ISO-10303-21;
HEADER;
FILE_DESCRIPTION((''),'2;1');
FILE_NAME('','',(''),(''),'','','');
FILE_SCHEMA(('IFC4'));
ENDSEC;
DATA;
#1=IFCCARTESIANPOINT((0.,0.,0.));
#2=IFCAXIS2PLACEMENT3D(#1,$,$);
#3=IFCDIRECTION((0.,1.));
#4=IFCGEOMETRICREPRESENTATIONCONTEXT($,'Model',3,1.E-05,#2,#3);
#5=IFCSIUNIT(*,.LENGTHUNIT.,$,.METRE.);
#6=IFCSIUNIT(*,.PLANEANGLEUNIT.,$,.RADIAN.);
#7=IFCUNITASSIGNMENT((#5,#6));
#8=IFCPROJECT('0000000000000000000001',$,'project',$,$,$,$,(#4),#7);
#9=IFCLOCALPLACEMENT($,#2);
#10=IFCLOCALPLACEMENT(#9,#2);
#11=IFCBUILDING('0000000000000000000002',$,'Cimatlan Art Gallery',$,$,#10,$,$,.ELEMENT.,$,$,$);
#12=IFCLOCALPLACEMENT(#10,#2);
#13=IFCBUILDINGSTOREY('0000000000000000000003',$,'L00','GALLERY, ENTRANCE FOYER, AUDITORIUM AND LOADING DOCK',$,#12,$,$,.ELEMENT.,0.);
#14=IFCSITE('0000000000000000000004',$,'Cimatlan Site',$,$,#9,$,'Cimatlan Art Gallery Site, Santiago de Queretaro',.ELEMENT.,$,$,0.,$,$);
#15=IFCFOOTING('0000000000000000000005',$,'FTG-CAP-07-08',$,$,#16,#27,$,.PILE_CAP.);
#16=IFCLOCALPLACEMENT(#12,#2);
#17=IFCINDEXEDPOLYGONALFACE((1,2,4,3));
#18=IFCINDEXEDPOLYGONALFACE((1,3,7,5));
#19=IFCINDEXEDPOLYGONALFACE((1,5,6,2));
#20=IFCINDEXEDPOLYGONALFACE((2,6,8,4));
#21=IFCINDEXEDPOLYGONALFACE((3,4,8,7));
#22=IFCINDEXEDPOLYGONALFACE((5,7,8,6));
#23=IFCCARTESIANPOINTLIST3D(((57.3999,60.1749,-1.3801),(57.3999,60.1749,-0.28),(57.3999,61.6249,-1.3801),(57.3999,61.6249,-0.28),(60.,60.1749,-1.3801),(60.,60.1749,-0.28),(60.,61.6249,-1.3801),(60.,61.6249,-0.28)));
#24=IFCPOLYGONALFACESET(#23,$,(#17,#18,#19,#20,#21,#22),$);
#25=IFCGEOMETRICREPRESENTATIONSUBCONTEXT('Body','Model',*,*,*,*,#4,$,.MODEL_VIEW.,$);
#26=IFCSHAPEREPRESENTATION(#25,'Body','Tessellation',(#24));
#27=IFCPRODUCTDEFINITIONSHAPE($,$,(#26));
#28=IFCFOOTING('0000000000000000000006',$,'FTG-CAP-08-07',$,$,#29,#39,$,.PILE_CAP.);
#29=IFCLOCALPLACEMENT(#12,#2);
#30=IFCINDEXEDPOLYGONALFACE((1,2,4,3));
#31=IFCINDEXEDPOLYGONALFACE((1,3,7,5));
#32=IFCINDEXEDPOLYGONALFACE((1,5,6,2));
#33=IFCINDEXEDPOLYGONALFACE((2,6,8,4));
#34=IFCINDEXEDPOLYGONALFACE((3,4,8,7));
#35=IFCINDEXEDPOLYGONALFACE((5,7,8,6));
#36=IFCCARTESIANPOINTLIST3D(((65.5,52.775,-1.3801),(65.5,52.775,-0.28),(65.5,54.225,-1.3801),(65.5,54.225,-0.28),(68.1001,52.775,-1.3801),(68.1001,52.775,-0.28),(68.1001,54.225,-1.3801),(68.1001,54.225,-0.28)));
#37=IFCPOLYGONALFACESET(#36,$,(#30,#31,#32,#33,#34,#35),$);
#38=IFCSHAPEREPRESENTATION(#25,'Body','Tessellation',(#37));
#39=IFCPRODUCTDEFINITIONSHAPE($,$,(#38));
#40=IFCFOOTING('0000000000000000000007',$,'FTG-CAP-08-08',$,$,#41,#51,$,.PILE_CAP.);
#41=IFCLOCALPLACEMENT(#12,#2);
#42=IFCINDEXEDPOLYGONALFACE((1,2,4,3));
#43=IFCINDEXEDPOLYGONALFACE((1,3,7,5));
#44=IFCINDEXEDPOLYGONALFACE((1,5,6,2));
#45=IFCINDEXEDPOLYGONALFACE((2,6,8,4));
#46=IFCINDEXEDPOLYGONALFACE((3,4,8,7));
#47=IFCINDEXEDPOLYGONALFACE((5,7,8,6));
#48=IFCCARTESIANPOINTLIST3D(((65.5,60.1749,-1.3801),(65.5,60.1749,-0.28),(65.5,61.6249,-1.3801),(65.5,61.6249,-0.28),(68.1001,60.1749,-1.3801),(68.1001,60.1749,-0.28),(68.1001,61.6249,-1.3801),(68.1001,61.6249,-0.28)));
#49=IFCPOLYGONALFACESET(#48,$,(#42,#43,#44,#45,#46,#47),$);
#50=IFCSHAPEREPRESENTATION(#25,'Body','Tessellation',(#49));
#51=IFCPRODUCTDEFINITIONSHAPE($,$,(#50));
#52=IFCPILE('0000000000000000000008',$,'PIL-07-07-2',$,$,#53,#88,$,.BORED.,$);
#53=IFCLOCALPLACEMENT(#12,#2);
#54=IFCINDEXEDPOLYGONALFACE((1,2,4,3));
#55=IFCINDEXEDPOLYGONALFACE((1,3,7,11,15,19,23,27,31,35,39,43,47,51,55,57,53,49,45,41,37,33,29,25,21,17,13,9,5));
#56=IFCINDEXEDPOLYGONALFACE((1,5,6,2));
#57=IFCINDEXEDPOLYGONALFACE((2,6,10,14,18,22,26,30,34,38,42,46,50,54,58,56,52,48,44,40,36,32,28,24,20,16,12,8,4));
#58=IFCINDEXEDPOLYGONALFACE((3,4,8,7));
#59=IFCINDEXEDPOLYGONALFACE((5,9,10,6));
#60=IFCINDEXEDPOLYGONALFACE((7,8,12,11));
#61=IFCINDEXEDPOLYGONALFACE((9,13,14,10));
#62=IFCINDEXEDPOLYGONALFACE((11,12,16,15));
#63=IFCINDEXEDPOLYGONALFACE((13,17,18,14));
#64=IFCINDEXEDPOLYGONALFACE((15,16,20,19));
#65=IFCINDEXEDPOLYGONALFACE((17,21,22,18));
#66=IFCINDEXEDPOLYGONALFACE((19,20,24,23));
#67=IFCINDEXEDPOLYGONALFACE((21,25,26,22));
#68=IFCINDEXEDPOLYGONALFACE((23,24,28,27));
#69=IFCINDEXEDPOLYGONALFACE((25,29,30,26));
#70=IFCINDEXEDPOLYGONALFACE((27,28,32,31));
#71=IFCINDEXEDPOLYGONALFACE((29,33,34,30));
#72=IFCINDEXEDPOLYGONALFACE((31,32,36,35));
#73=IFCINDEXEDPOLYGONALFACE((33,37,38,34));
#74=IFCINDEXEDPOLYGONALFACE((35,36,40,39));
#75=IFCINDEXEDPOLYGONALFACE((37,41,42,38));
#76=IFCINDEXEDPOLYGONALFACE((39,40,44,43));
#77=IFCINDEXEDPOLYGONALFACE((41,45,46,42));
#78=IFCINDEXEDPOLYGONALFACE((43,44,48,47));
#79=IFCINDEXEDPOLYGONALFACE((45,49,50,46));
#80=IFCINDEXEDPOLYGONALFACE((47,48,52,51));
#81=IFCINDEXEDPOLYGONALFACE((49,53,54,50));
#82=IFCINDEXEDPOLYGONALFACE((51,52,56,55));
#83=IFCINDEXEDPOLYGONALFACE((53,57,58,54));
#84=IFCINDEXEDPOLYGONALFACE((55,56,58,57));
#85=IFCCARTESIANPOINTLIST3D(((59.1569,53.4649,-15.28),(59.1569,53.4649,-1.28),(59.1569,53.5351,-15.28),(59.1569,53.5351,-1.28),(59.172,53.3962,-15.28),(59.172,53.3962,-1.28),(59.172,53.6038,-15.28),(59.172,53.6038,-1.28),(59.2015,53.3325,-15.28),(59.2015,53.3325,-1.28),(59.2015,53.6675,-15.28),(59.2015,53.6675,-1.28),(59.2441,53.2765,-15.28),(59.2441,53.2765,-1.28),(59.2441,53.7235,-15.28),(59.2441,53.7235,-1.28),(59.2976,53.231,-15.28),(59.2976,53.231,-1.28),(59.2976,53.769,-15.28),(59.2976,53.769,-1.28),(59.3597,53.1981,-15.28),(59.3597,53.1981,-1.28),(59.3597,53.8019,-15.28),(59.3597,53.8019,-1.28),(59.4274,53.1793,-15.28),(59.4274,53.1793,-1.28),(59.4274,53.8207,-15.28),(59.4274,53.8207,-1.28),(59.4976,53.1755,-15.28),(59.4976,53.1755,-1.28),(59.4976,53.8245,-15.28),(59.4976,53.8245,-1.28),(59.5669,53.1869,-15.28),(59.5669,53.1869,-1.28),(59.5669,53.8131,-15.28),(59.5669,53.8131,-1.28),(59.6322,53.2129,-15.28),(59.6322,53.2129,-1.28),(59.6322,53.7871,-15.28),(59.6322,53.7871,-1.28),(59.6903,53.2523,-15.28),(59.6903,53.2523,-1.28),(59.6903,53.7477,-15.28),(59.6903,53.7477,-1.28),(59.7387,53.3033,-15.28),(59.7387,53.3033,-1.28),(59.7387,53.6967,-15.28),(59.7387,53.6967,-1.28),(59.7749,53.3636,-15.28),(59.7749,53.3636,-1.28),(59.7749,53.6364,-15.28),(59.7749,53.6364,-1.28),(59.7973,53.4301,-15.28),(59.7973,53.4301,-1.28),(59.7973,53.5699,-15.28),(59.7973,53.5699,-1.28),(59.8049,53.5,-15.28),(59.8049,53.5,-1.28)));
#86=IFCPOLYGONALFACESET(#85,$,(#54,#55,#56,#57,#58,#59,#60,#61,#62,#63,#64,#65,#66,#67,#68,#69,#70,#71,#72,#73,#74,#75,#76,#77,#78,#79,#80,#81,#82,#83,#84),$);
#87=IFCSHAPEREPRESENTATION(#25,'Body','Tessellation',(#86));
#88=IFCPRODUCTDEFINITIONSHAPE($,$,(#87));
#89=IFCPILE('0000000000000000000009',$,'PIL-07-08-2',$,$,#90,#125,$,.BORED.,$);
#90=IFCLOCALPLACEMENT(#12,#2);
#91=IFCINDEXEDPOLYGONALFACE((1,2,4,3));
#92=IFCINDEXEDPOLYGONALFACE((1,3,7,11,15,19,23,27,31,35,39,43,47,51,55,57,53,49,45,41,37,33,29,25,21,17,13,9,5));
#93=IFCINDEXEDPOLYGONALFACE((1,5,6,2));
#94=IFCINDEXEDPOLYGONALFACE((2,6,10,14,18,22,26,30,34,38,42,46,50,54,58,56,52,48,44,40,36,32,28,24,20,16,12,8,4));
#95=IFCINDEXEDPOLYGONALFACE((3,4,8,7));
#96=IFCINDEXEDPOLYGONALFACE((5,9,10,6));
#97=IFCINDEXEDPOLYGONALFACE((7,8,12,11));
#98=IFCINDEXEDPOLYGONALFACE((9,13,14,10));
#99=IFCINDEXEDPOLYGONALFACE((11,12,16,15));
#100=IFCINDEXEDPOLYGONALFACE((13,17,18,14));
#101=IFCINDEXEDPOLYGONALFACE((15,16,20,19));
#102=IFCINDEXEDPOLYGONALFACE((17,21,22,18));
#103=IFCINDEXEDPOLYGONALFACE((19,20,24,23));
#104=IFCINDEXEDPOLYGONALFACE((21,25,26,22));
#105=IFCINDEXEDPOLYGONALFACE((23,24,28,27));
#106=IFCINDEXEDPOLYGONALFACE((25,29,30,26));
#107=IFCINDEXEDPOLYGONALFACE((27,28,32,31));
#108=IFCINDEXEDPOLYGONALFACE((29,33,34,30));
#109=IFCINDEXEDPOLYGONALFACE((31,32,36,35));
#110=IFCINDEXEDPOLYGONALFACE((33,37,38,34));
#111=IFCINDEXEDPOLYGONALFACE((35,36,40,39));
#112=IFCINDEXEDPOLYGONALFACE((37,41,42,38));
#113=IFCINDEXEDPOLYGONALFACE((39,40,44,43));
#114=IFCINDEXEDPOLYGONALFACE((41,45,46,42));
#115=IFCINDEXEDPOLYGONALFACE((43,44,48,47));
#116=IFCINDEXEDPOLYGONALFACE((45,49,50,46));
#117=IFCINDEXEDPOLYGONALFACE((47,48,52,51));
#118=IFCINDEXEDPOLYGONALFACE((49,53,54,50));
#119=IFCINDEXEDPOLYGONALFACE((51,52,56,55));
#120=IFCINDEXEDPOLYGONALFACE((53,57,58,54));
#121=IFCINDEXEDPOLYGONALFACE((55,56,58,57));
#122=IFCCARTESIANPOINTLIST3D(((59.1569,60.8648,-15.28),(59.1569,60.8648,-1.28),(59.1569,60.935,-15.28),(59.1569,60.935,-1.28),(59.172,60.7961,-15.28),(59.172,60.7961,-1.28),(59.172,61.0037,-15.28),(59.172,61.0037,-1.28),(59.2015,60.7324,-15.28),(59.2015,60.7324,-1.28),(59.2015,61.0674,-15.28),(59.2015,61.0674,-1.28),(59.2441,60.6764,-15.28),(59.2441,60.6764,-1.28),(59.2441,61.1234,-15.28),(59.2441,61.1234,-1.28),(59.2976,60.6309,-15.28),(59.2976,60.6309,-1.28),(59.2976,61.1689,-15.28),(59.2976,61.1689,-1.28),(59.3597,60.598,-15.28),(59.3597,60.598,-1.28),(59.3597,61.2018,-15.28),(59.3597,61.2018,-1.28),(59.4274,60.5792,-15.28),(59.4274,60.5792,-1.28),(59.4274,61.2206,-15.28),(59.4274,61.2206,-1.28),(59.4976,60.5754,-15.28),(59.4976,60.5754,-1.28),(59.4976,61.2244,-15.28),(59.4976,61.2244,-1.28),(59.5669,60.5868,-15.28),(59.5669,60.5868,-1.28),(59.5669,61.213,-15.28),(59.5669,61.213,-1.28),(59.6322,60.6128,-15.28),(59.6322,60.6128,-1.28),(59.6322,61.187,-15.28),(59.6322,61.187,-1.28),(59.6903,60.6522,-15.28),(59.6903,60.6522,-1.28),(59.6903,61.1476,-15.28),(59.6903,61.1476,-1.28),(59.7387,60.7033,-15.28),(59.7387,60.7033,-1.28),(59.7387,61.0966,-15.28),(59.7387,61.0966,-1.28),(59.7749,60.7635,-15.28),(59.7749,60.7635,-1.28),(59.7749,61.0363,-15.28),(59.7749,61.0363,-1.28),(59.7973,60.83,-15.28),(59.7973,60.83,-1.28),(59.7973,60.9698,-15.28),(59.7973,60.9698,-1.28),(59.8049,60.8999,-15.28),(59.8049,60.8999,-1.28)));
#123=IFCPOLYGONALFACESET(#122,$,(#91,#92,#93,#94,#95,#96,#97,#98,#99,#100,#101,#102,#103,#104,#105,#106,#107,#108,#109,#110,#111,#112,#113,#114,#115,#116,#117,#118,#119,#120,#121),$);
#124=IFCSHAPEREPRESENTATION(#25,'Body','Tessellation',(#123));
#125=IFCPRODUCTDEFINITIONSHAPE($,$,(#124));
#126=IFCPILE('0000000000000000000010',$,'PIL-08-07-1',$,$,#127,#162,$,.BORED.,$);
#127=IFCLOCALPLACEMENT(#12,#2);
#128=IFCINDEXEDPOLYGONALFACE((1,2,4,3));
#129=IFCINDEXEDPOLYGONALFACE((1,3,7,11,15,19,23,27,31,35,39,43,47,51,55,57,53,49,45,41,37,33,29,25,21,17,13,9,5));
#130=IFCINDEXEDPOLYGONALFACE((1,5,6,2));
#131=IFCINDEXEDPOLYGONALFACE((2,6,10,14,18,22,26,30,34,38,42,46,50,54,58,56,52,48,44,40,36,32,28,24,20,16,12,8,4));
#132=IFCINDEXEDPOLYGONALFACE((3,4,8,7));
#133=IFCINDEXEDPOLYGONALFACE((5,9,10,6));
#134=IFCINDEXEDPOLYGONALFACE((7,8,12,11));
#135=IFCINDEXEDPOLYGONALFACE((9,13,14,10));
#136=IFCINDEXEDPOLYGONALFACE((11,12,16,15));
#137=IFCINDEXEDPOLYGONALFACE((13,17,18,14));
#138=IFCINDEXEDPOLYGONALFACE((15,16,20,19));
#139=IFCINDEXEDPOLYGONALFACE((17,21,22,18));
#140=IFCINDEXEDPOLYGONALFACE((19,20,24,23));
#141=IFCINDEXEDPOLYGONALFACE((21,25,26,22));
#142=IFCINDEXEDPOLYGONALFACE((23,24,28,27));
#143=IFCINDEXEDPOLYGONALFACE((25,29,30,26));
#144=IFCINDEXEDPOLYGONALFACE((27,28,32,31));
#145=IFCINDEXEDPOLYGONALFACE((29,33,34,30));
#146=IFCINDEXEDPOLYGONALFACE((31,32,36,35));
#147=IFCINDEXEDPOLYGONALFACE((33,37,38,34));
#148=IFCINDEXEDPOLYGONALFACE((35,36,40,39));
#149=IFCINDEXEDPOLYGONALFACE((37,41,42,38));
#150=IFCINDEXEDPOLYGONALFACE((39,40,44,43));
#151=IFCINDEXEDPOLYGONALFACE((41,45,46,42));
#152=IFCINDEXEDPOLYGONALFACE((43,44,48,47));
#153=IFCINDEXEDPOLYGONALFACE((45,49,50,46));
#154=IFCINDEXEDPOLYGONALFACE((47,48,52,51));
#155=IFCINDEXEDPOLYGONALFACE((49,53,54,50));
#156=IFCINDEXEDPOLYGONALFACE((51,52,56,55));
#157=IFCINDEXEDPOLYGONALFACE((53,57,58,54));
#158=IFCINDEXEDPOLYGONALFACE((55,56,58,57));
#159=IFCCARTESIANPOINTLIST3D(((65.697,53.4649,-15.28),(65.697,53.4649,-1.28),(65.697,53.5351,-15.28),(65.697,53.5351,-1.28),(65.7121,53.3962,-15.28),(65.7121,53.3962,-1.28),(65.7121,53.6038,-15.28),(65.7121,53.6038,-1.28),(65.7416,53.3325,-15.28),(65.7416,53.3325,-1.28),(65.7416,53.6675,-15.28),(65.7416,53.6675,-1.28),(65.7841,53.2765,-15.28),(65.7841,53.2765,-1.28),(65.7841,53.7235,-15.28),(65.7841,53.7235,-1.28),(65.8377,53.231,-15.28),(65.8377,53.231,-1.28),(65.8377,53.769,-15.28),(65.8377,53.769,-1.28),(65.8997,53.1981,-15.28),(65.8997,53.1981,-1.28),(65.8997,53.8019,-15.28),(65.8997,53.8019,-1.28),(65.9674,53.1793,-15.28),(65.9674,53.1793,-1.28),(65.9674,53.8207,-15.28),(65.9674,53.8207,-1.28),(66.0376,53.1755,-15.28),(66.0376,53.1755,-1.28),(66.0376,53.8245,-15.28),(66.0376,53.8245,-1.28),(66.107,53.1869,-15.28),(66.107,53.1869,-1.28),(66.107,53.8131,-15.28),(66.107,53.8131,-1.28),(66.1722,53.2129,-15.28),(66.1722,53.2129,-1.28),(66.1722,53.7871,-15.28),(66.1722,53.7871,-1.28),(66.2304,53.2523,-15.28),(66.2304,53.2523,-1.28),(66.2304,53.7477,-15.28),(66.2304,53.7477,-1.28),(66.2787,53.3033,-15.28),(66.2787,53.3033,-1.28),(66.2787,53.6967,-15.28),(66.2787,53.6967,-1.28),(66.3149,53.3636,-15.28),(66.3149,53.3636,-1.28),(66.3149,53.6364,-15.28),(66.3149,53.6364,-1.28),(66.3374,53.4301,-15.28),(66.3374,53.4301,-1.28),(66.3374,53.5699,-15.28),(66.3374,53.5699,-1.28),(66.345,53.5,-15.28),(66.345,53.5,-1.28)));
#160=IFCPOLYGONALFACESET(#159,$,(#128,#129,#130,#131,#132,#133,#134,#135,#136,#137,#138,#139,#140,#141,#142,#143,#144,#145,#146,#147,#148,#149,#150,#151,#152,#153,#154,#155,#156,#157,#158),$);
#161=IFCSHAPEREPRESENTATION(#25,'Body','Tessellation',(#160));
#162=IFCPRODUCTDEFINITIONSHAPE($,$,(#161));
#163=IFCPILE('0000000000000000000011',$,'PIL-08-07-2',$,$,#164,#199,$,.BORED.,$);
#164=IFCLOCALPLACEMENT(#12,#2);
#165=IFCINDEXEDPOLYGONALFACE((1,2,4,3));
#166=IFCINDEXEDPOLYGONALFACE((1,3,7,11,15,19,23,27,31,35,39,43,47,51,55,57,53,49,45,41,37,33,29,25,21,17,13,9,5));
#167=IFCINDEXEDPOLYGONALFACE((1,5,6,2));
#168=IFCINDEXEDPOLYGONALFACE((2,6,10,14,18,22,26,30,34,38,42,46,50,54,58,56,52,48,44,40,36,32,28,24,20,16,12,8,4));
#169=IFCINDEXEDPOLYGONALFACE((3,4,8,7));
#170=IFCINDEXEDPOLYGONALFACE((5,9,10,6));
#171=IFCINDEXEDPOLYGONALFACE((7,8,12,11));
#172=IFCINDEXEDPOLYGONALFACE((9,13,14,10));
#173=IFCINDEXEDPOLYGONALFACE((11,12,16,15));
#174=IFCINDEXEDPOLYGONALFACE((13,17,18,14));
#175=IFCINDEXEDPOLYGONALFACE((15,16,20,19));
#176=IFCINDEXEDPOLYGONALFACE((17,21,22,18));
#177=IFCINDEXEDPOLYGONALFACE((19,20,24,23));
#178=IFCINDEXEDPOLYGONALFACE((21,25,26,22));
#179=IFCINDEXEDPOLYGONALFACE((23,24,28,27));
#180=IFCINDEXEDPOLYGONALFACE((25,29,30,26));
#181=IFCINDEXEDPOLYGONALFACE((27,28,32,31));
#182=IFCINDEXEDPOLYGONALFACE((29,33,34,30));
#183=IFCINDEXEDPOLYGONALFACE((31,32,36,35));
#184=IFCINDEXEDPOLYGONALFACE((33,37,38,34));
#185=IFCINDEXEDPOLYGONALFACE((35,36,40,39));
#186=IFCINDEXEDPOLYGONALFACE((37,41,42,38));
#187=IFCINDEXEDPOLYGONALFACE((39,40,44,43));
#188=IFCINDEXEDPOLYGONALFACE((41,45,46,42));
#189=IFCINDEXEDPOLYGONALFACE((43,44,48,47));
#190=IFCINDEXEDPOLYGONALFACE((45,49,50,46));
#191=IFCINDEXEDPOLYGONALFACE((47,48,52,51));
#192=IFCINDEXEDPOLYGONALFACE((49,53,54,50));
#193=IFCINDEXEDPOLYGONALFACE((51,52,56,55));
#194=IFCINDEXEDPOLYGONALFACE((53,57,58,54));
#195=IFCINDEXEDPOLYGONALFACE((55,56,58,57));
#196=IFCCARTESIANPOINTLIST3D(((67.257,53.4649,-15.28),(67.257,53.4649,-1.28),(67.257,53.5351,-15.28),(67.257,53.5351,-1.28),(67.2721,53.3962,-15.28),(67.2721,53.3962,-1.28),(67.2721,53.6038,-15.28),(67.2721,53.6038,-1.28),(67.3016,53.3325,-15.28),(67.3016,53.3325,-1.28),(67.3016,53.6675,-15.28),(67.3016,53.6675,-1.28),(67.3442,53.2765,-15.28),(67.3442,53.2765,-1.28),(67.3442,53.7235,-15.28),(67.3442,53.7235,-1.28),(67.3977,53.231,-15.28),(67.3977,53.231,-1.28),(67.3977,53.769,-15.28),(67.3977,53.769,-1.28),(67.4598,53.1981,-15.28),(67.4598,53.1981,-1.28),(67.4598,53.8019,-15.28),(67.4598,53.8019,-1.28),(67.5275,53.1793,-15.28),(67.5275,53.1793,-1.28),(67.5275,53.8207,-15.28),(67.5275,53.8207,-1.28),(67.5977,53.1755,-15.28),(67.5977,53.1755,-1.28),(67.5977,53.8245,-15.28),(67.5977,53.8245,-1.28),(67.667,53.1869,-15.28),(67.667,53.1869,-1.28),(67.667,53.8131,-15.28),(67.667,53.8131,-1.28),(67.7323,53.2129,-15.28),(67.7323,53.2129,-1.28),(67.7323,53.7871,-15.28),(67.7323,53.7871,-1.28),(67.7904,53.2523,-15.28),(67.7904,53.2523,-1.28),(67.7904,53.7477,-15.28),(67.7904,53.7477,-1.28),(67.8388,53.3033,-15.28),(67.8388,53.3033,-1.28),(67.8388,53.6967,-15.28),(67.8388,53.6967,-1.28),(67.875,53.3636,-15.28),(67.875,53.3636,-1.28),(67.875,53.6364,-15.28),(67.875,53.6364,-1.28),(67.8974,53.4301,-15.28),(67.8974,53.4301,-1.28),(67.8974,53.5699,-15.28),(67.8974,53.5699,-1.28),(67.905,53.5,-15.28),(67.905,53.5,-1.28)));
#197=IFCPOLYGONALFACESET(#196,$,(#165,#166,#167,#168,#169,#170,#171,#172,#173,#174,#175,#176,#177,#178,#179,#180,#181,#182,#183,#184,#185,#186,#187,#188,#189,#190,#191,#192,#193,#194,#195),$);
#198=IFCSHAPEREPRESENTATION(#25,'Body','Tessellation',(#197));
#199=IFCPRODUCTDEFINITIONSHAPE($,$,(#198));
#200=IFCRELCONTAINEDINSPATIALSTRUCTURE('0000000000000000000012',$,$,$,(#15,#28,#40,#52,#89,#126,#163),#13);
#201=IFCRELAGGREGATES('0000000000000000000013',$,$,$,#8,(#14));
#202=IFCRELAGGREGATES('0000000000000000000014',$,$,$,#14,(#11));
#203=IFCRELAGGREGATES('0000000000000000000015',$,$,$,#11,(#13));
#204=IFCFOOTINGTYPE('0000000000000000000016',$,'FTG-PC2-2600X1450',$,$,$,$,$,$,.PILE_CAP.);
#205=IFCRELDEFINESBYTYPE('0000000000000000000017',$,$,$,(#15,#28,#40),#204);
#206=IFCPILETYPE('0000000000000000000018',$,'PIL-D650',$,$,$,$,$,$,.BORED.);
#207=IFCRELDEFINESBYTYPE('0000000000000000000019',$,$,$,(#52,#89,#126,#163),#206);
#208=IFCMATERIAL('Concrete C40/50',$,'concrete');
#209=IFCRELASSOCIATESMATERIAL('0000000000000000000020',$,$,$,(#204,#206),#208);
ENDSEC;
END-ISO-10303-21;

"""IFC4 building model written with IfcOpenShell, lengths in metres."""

from ifc_helpers import new_model, si_unit, direction, frame, origin, origin_2d, place, context, subcontext, project, spatial, rectangle, circle, extrude, material, type_object, element, save


model = new_model("IFC4")

# Units and contexts
model_context = context("Model", 3, precision=1e-05, world=origin(), true_north=direction((0.0, 1.0)))
body_context = subcontext(model_context, "Body", "Model", "MODEL_VIEW")
ifc_project = project(units=[si_unit("LENGTHUNIT", "METRE"), si_unit("PLANEANGLEUNIT", "RADIAN")], contexts=[model_context])

# Site, building, storey
site_placement = place(None, origin())
site = spatial("IfcSite", under=ifc_project, at=site_placement, Name="Cimatlan Site", LongName="Cimatlan Art Gallery Site, Santiago de Queretaro", CompositionType="ELEMENT", RefElevation=0.0)
building_placement = place(site_placement, origin())
building = spatial("IfcBuilding", under=site, at=building_placement, Name="Cimatlan Art Gallery", CompositionType="ELEMENT")
storey_placement = place(building_placement, origin())
storey = spatial("IfcBuildingStorey", under=building, at=storey_placement, Name="L00", Description="GALLERY, ENTRANCE FOYER, AUDITORIUM AND LOADING DOCK", CompositionType="ELEMENT", Elevation=0.0)

# Footings
ifc_material_1 = material(Name="Concrete C40/50", Category="concrete")
footing_type = type_object("IfcFootingType", Name="FTG-PC2-2600X1450", PredefinedType="PILE_CAP", material=ifc_material_1)
for number, where, z_axis, x_axis, name in (
    (1, (58.7, 60.8999, -1.3801), (0.0, 0.0, 1.0), (1.0, 0.0, 0.0), "FTG-CAP-07-08"),
    (2, (66.8, 53.5, -1.3801), (0.0, 0.0, 1.0), (1.0, 0.0, 0.0), "FTG-CAP-08-07"),
    (3, (66.8, 60.8999, -1.3801), (0.0, 0.0, 1.0), (1.0, 0.0, 0.0), "FTG-CAP-08-08"),
):
    element("IfcFooting", number, at=place(storey_placement, frame(where, z_axis=z_axis, x_axis=x_axis)), inside=storey, type_object=footing_type, Name=name, PredefinedType="PILE_CAP", context=body_context, shape_type="SweptSolid", body=[
        extrude(rectangle(XDim=2.6001, YDim=1.45, at=origin_2d()), origin(), (0.0, 0.0, 1.0), 1.1001),
    ])

# Piles
pile_type = type_object("IfcPileType", Name="PIL-D650", PredefinedType="BORED", material=ifc_material_1)
for number, where, z_axis, x_axis, name in (
    (4, (59.48, 53.5, -1.28), (0.0, 0.0, -1.0), (1.0, 0.0, 0.0), "PIL-07-07-2"),
    (5, (59.48, 60.8999, -1.28), (0.0, 0.0, -1.0), (1.0, 0.0, 0.0), "PIL-07-08-2"),
    (6, (66.02, 53.5, -1.28), (0.0, 0.0, -1.0), (1.0, 0.0, 0.0), "PIL-08-07-1"),
    (7, (67.5801, 53.5, -1.28), (0.0, 0.0, -1.0), (1.0, 0.0, 0.0), "PIL-08-07-2"),
):
    element("IfcPile", number, at=place(storey_placement, frame(where, z_axis=z_axis, x_axis=x_axis)), inside=storey, type_object=pile_type, Name=name, PredefinedType="BORED", context=body_context, shape_type="SweptSolid", body=[
        extrude(circle(Radius=0.325, at=origin_2d()), origin(), (0.0, 0.0, 1.0), 14.0),
    ])

save(model, "model.ifc")
